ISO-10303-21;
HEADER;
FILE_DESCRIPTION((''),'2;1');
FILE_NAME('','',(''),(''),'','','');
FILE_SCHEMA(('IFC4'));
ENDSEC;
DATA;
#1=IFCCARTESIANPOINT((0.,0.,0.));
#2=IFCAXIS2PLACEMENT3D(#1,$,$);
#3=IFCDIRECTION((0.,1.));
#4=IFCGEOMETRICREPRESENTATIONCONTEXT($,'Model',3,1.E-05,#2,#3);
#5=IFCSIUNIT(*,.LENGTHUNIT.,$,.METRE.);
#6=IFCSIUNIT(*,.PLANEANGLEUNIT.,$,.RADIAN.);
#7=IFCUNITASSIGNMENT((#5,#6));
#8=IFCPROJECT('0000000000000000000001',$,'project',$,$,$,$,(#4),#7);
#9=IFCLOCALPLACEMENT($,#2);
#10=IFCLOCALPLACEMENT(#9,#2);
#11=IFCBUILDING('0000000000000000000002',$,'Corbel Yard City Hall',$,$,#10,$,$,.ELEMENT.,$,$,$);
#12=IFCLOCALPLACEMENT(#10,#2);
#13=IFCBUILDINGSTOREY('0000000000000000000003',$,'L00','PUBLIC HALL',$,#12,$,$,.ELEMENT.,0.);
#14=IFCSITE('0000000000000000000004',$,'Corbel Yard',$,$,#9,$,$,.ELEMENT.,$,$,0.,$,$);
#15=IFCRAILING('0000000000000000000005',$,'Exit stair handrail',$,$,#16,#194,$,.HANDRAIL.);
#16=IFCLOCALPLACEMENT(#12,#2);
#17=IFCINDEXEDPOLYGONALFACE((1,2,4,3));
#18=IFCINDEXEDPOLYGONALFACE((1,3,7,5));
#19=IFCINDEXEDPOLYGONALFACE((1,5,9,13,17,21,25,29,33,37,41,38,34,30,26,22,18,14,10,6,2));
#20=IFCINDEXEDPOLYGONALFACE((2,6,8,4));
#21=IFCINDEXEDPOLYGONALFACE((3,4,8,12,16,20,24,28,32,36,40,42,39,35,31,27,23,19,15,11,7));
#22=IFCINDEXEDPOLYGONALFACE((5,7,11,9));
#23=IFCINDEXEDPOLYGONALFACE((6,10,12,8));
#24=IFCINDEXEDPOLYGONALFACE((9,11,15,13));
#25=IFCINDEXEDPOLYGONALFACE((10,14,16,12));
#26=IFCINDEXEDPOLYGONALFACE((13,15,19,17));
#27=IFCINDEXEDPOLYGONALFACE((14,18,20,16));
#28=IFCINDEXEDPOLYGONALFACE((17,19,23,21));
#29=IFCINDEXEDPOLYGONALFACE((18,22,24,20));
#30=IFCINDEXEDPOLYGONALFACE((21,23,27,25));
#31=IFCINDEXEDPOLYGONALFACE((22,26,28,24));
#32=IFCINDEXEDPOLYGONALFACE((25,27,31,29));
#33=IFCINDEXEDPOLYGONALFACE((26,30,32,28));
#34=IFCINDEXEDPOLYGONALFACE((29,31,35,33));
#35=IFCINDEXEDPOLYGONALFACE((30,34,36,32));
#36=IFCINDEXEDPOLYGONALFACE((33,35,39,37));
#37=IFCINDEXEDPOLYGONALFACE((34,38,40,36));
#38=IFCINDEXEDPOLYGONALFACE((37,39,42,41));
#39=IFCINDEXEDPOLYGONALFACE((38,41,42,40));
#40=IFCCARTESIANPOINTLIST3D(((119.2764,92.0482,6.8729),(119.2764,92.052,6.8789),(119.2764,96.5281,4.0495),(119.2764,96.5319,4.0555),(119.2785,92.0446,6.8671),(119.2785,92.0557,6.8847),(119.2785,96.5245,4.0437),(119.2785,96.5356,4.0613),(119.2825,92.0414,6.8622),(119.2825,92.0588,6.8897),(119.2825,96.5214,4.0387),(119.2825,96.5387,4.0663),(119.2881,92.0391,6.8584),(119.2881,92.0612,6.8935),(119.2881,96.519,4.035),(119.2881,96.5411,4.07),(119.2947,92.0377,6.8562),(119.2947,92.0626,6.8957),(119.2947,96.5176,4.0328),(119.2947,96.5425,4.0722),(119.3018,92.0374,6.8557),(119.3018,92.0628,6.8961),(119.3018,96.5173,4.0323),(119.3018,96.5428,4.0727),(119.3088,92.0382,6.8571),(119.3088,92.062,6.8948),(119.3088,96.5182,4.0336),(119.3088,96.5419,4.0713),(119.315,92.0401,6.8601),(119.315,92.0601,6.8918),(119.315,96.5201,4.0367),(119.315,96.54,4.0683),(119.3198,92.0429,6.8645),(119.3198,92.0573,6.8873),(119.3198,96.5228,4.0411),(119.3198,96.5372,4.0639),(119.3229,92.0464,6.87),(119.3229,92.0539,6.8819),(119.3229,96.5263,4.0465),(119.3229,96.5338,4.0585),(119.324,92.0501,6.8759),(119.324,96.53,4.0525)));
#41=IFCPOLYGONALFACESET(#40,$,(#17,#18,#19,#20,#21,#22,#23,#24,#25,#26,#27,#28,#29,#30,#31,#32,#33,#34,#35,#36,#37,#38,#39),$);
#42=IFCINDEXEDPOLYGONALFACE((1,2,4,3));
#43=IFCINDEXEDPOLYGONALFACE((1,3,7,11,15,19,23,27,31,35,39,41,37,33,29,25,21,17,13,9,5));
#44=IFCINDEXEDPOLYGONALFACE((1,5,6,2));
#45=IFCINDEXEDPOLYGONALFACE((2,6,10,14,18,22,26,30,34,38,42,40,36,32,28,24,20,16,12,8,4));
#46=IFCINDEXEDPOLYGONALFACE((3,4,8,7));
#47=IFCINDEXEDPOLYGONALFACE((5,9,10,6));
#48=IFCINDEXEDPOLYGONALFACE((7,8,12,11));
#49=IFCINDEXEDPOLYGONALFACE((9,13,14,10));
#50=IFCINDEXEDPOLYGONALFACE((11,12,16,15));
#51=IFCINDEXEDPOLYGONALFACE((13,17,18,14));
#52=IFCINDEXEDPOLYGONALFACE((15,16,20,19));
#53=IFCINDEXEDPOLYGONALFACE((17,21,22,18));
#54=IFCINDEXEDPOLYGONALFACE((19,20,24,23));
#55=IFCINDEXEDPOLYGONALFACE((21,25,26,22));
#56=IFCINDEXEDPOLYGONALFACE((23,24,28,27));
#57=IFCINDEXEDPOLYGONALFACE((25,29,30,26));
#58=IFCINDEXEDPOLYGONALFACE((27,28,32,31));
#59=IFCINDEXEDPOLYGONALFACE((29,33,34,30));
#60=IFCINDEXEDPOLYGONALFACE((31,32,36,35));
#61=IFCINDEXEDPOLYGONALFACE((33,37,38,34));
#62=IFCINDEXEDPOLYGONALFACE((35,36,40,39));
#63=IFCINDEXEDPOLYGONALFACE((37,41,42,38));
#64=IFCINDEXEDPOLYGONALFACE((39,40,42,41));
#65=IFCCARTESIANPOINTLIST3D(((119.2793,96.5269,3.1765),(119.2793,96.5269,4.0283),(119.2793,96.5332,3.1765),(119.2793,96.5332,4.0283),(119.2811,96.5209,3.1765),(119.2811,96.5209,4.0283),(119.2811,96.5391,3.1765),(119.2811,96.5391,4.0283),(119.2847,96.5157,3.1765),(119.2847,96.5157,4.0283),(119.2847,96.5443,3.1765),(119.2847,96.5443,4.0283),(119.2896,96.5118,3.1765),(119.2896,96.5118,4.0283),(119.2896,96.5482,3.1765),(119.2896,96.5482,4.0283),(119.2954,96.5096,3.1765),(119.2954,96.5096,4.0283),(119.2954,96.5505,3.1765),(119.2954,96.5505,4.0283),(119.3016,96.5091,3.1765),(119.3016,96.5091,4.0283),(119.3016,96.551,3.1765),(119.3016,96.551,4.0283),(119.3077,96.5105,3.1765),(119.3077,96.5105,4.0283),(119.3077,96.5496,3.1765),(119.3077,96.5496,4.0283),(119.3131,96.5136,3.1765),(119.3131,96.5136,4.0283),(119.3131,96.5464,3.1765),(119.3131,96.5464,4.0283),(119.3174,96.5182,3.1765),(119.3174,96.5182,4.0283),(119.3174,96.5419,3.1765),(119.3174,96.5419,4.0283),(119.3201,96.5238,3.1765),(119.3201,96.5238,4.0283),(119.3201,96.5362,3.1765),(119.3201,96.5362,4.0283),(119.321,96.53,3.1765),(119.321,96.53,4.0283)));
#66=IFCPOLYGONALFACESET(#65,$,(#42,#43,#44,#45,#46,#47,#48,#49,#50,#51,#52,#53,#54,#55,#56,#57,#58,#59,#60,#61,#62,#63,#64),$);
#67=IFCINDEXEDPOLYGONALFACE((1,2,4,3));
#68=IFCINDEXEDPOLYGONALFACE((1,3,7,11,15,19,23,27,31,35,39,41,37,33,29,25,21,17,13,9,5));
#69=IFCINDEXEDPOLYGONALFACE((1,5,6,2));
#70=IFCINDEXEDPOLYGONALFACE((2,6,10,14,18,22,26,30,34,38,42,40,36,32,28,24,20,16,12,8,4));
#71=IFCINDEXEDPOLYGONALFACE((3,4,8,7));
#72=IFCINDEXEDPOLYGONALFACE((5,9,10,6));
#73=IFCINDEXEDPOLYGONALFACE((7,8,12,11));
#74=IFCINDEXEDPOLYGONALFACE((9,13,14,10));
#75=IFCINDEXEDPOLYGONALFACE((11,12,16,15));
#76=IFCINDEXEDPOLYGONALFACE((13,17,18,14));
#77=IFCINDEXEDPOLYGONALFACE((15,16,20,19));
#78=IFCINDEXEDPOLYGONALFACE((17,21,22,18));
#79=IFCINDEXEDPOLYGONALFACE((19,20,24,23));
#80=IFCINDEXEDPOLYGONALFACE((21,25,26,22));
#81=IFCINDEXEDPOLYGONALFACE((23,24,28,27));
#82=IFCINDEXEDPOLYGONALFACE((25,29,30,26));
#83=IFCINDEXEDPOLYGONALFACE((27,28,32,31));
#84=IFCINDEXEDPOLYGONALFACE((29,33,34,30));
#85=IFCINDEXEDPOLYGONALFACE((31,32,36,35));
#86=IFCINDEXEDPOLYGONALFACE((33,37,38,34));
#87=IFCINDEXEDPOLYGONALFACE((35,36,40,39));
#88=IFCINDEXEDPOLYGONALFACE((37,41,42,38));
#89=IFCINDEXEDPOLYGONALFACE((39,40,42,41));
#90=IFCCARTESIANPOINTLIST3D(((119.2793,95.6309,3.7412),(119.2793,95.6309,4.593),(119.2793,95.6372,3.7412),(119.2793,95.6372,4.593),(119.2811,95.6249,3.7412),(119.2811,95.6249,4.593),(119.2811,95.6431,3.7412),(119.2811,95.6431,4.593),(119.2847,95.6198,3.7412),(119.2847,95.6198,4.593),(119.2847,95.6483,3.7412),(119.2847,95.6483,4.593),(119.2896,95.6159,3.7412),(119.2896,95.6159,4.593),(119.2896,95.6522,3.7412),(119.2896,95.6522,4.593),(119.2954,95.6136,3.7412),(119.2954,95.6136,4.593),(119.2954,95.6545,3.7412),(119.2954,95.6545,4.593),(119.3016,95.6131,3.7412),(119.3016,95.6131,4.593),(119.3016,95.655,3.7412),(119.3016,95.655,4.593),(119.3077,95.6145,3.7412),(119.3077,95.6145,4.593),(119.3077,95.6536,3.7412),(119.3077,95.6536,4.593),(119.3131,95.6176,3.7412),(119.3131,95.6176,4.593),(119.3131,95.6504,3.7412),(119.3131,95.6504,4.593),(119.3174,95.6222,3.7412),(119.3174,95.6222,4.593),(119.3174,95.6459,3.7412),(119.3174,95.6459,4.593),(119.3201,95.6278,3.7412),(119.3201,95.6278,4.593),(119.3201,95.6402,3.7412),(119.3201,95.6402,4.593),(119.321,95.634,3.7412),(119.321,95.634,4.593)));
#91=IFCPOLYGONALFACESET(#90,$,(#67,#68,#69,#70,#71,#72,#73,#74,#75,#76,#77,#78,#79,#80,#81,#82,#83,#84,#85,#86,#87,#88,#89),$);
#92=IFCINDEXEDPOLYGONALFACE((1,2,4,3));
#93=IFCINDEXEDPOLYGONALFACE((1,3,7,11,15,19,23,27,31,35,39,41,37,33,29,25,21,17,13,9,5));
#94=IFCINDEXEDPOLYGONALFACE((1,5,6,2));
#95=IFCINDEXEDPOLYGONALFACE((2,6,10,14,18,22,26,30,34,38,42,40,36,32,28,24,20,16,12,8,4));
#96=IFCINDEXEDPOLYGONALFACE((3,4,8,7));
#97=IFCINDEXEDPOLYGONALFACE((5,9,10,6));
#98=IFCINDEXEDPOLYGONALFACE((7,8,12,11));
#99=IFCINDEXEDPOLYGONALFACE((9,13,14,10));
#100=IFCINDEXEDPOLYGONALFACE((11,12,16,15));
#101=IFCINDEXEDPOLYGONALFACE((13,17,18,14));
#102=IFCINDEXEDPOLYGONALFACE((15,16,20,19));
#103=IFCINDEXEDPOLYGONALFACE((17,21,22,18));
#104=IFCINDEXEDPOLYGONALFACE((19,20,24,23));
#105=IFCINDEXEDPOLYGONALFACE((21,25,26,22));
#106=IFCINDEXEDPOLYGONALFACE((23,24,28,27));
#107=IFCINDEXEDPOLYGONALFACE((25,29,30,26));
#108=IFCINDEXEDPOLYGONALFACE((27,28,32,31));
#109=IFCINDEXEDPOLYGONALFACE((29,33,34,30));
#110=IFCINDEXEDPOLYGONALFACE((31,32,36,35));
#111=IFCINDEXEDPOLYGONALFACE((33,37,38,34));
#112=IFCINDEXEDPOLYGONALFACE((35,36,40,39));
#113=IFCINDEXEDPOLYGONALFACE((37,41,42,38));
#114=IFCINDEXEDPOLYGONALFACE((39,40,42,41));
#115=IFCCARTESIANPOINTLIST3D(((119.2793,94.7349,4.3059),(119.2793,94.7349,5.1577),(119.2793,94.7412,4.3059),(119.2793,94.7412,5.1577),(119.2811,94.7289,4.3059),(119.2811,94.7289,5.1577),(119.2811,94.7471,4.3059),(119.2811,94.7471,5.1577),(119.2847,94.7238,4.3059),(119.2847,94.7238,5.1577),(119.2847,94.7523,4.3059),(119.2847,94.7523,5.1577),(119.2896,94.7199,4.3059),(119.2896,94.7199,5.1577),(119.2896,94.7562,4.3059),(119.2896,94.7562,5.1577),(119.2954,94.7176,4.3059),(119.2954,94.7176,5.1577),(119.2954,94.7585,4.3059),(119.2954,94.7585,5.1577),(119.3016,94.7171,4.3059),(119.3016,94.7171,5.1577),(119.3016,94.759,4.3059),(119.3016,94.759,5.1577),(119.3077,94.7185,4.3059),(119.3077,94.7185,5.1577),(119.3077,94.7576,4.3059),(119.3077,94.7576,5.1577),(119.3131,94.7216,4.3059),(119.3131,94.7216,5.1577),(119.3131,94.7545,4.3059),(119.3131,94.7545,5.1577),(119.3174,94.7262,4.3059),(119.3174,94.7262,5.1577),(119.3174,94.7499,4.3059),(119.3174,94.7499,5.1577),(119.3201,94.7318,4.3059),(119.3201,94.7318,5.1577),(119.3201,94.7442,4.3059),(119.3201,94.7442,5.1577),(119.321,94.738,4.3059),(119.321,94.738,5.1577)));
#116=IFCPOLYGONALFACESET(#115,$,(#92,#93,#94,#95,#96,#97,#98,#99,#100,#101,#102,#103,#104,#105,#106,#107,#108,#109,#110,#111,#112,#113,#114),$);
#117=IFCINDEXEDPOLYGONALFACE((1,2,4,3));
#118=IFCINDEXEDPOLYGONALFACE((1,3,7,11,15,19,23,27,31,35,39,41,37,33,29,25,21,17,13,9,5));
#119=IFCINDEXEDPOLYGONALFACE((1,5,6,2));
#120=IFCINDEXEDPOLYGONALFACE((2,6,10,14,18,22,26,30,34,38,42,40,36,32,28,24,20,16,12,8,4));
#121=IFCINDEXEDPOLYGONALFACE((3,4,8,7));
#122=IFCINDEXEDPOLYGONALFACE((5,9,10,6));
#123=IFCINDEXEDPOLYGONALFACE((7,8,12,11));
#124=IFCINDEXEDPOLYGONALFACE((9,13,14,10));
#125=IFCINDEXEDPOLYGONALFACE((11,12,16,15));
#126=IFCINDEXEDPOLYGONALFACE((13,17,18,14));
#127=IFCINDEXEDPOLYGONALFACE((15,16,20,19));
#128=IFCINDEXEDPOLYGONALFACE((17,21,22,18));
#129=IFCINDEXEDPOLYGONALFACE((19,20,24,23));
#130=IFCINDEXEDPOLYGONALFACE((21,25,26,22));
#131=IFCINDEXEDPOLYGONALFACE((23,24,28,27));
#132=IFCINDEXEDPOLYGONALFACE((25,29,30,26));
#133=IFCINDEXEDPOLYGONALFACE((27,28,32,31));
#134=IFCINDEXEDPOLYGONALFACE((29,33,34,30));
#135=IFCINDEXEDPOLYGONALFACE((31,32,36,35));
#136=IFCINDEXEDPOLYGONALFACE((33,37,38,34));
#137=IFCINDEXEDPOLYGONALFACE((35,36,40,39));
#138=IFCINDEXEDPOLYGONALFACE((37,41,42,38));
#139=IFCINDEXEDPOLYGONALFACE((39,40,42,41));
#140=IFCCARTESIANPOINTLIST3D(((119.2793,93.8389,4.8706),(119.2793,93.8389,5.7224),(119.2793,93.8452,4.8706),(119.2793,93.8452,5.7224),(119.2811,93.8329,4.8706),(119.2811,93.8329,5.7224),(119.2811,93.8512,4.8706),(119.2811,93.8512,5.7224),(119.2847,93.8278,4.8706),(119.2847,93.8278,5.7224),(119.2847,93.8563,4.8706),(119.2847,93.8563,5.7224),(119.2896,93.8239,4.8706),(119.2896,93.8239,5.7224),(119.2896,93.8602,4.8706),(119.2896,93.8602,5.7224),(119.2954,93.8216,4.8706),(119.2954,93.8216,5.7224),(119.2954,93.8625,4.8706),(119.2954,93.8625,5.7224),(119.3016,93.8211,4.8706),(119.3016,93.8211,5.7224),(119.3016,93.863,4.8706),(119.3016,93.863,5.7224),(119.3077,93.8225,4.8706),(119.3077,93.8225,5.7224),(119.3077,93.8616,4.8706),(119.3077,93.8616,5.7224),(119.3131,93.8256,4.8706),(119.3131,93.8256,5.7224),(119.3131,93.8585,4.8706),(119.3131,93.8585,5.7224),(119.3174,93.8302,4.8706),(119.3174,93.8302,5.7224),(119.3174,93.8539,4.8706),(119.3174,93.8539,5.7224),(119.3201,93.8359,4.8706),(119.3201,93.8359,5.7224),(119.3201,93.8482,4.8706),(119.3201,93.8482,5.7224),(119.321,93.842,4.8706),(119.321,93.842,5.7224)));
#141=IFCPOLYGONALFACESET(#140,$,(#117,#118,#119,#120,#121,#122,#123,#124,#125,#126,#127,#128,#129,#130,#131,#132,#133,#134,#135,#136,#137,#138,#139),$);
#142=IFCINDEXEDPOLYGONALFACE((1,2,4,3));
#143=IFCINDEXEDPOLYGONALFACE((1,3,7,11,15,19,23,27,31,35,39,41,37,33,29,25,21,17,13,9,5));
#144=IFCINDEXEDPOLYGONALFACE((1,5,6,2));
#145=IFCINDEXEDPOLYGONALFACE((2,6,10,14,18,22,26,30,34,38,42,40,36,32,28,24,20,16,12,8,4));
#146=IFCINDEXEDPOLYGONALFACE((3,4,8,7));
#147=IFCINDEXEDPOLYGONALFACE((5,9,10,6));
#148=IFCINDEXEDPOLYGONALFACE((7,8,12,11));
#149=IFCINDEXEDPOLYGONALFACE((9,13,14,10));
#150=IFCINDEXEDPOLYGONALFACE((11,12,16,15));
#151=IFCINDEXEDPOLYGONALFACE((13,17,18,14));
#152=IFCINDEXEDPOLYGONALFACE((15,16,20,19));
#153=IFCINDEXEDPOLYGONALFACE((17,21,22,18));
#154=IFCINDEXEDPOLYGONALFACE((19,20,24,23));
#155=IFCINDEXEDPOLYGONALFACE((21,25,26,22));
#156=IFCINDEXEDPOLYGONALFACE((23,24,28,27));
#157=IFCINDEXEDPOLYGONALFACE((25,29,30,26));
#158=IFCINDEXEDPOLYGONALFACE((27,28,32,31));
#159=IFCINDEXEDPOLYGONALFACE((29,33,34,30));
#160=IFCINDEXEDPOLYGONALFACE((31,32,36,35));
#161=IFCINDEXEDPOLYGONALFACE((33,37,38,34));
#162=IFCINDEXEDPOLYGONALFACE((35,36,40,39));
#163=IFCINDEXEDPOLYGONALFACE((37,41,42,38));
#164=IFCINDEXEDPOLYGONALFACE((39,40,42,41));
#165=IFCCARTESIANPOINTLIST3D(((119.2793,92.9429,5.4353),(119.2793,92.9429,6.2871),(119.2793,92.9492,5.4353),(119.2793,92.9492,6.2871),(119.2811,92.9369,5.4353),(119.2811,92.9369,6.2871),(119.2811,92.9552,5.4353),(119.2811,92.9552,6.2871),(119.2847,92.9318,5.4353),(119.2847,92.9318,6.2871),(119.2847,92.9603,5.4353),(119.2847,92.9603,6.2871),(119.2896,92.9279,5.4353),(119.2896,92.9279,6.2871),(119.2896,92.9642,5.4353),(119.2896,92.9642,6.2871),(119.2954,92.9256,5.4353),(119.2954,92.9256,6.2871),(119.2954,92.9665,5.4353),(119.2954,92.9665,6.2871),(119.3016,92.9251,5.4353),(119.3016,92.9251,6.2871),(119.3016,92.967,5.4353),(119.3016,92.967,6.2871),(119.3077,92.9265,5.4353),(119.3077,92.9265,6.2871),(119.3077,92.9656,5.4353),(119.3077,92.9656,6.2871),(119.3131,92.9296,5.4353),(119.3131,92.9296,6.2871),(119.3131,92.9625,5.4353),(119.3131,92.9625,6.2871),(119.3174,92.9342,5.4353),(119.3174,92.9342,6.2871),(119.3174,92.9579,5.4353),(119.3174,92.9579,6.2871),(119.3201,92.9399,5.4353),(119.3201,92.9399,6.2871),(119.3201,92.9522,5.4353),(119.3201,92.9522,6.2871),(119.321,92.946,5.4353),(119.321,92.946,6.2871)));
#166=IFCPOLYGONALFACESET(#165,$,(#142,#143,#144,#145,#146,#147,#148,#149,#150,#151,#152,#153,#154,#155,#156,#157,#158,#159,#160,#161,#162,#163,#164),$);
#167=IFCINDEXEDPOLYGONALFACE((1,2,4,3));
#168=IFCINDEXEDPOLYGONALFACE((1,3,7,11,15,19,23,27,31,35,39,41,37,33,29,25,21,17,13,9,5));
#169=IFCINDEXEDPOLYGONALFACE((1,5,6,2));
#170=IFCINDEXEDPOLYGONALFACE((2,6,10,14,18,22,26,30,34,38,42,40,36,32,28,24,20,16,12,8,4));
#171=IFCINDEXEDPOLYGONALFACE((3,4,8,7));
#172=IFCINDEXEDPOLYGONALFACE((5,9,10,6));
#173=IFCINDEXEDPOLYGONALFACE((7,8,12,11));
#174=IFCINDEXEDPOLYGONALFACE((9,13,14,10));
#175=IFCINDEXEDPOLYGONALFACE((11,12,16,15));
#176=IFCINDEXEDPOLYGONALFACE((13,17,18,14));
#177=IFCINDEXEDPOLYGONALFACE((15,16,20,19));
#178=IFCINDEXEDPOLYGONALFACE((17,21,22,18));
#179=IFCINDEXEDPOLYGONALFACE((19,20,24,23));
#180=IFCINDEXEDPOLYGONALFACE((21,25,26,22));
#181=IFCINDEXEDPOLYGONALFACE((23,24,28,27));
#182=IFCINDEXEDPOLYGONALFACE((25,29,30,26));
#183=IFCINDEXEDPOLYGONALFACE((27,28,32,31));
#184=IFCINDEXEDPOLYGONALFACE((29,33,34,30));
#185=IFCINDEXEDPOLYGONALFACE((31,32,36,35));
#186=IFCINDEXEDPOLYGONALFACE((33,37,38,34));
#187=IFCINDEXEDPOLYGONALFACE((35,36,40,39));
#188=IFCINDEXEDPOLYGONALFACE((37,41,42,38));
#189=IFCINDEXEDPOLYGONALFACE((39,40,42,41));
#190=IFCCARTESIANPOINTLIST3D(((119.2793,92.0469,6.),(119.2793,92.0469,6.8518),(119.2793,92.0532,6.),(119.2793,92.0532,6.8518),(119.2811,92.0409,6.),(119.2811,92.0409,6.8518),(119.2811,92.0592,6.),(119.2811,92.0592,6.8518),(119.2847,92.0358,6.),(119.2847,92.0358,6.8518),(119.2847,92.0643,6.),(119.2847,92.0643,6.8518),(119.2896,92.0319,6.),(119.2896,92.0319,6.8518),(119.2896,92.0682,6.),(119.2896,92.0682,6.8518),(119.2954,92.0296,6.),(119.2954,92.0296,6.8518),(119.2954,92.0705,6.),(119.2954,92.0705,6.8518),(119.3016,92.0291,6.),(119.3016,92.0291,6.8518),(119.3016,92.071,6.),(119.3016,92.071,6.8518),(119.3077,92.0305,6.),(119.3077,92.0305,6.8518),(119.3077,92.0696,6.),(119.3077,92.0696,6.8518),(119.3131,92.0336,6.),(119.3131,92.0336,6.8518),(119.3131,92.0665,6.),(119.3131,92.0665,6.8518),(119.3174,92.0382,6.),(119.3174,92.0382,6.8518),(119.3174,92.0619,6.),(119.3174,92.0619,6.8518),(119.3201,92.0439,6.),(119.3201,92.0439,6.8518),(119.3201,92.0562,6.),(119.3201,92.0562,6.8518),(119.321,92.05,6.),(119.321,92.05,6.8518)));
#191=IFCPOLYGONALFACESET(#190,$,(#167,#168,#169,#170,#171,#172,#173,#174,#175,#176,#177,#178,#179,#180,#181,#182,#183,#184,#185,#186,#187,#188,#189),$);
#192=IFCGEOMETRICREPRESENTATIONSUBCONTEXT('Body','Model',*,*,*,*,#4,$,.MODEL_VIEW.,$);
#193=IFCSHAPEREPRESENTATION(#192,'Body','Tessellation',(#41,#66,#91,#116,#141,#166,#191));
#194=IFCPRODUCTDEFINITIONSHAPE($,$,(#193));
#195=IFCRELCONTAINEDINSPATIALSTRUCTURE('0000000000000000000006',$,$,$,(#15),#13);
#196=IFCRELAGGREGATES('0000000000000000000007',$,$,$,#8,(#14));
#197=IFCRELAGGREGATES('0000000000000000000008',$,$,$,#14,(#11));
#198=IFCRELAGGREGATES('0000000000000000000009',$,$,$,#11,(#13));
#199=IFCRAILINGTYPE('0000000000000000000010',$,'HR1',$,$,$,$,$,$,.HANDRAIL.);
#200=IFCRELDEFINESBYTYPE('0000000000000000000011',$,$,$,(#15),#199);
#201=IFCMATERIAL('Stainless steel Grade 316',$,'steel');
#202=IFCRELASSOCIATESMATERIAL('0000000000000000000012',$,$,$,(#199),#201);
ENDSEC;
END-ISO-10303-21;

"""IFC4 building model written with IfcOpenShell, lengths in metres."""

from ifc_helpers import new_model, si_unit, direction, frame, origin, origin_2d, place, context, subcontext, project, spatial, circle, extrude, material, type_object, element, save


model = new_model("IFC4")

# Units and contexts
model_context = context("Model", 3, precision=1e-05, world=origin(), true_north=direction((0.0, 1.0)))
body_context = subcontext(model_context, "Body", "Model", "MODEL_VIEW")
ifc_project = project(units=[si_unit("LENGTHUNIT", "METRE"), si_unit("PLANEANGLEUNIT", "RADIAN")], contexts=[model_context])

# Site, building, storey
site_placement = place(None, origin())
site = spatial("IfcSite", under=ifc_project, at=site_placement, Name="Corbel Yard", CompositionType="ELEMENT", RefElevation=0.0)
building_placement = place(site_placement, origin())
building = spatial("IfcBuilding", under=site, at=building_placement, Name="Corbel Yard City Hall", CompositionType="ELEMENT")
storey_placement = place(building_placement, origin())
storey = spatial("IfcBuildingStorey", under=building, at=storey_placement, Name="L00", Description="PUBLIC HALL", CompositionType="ELEMENT", Elevation=0.0)

# Shared definitions
ifc_material_1 = material(Name="Stainless steel Grade 316", Category="steel")

# Railing
railing_type = type_object("IfcRailingType", Name="HR1", PredefinedType="HANDRAIL", material=ifc_material_1)
for number, where, name in (
    (1, (119.3, 96.53, 3.1765), "Exit stair handrail"),
):
    element("IfcRailing", number, at=place(storey_placement, frame(where)), inside=storey, type_object=railing_type, Name=name, PredefinedType="HANDRAIL", context=body_context, shape_type="SweptSolid", body=[
        extrude(circle(Radius=0.0239, at=origin_2d()), frame((0.0, 0.0, 0.876), z_axis=(0.0, -0.845998, 0.533186), x_axis=(1.0, 0.0, 0.0)), (0.0, 0.0, 1.0), 5.2954),
        extrude(circle(Radius=0.021, at=origin_2d()), origin(), (0.0, 0.0, 1.0), 0.8518),
        extrude(circle(Radius=0.021, at=origin_2d()), frame((0.0, -0.896, 0.5647)), (0.0, 0.0, 1.0), 0.8518),
        extrude(circle(Radius=0.021, at=origin_2d()), frame((0.0, -1.792, 1.1294)), (0.0, 0.0, 1.0), 0.8518),
        extrude(circle(Radius=0.021, at=origin_2d()), frame((0.0, -2.688, 1.6941)), (0.0, 0.0, 1.0), 0.8518),
        extrude(circle(Radius=0.021, at=origin_2d()), frame((0.0, -3.584, 2.2588)), (0.0, 0.0, 1.0), 0.8518),
        extrude(circle(Radius=0.021, at=origin_2d()), frame((0.0, -4.48, 2.8235)), (0.0, 0.0, 1.0), 0.8518),
    ])

save(model, "model.ifc")
